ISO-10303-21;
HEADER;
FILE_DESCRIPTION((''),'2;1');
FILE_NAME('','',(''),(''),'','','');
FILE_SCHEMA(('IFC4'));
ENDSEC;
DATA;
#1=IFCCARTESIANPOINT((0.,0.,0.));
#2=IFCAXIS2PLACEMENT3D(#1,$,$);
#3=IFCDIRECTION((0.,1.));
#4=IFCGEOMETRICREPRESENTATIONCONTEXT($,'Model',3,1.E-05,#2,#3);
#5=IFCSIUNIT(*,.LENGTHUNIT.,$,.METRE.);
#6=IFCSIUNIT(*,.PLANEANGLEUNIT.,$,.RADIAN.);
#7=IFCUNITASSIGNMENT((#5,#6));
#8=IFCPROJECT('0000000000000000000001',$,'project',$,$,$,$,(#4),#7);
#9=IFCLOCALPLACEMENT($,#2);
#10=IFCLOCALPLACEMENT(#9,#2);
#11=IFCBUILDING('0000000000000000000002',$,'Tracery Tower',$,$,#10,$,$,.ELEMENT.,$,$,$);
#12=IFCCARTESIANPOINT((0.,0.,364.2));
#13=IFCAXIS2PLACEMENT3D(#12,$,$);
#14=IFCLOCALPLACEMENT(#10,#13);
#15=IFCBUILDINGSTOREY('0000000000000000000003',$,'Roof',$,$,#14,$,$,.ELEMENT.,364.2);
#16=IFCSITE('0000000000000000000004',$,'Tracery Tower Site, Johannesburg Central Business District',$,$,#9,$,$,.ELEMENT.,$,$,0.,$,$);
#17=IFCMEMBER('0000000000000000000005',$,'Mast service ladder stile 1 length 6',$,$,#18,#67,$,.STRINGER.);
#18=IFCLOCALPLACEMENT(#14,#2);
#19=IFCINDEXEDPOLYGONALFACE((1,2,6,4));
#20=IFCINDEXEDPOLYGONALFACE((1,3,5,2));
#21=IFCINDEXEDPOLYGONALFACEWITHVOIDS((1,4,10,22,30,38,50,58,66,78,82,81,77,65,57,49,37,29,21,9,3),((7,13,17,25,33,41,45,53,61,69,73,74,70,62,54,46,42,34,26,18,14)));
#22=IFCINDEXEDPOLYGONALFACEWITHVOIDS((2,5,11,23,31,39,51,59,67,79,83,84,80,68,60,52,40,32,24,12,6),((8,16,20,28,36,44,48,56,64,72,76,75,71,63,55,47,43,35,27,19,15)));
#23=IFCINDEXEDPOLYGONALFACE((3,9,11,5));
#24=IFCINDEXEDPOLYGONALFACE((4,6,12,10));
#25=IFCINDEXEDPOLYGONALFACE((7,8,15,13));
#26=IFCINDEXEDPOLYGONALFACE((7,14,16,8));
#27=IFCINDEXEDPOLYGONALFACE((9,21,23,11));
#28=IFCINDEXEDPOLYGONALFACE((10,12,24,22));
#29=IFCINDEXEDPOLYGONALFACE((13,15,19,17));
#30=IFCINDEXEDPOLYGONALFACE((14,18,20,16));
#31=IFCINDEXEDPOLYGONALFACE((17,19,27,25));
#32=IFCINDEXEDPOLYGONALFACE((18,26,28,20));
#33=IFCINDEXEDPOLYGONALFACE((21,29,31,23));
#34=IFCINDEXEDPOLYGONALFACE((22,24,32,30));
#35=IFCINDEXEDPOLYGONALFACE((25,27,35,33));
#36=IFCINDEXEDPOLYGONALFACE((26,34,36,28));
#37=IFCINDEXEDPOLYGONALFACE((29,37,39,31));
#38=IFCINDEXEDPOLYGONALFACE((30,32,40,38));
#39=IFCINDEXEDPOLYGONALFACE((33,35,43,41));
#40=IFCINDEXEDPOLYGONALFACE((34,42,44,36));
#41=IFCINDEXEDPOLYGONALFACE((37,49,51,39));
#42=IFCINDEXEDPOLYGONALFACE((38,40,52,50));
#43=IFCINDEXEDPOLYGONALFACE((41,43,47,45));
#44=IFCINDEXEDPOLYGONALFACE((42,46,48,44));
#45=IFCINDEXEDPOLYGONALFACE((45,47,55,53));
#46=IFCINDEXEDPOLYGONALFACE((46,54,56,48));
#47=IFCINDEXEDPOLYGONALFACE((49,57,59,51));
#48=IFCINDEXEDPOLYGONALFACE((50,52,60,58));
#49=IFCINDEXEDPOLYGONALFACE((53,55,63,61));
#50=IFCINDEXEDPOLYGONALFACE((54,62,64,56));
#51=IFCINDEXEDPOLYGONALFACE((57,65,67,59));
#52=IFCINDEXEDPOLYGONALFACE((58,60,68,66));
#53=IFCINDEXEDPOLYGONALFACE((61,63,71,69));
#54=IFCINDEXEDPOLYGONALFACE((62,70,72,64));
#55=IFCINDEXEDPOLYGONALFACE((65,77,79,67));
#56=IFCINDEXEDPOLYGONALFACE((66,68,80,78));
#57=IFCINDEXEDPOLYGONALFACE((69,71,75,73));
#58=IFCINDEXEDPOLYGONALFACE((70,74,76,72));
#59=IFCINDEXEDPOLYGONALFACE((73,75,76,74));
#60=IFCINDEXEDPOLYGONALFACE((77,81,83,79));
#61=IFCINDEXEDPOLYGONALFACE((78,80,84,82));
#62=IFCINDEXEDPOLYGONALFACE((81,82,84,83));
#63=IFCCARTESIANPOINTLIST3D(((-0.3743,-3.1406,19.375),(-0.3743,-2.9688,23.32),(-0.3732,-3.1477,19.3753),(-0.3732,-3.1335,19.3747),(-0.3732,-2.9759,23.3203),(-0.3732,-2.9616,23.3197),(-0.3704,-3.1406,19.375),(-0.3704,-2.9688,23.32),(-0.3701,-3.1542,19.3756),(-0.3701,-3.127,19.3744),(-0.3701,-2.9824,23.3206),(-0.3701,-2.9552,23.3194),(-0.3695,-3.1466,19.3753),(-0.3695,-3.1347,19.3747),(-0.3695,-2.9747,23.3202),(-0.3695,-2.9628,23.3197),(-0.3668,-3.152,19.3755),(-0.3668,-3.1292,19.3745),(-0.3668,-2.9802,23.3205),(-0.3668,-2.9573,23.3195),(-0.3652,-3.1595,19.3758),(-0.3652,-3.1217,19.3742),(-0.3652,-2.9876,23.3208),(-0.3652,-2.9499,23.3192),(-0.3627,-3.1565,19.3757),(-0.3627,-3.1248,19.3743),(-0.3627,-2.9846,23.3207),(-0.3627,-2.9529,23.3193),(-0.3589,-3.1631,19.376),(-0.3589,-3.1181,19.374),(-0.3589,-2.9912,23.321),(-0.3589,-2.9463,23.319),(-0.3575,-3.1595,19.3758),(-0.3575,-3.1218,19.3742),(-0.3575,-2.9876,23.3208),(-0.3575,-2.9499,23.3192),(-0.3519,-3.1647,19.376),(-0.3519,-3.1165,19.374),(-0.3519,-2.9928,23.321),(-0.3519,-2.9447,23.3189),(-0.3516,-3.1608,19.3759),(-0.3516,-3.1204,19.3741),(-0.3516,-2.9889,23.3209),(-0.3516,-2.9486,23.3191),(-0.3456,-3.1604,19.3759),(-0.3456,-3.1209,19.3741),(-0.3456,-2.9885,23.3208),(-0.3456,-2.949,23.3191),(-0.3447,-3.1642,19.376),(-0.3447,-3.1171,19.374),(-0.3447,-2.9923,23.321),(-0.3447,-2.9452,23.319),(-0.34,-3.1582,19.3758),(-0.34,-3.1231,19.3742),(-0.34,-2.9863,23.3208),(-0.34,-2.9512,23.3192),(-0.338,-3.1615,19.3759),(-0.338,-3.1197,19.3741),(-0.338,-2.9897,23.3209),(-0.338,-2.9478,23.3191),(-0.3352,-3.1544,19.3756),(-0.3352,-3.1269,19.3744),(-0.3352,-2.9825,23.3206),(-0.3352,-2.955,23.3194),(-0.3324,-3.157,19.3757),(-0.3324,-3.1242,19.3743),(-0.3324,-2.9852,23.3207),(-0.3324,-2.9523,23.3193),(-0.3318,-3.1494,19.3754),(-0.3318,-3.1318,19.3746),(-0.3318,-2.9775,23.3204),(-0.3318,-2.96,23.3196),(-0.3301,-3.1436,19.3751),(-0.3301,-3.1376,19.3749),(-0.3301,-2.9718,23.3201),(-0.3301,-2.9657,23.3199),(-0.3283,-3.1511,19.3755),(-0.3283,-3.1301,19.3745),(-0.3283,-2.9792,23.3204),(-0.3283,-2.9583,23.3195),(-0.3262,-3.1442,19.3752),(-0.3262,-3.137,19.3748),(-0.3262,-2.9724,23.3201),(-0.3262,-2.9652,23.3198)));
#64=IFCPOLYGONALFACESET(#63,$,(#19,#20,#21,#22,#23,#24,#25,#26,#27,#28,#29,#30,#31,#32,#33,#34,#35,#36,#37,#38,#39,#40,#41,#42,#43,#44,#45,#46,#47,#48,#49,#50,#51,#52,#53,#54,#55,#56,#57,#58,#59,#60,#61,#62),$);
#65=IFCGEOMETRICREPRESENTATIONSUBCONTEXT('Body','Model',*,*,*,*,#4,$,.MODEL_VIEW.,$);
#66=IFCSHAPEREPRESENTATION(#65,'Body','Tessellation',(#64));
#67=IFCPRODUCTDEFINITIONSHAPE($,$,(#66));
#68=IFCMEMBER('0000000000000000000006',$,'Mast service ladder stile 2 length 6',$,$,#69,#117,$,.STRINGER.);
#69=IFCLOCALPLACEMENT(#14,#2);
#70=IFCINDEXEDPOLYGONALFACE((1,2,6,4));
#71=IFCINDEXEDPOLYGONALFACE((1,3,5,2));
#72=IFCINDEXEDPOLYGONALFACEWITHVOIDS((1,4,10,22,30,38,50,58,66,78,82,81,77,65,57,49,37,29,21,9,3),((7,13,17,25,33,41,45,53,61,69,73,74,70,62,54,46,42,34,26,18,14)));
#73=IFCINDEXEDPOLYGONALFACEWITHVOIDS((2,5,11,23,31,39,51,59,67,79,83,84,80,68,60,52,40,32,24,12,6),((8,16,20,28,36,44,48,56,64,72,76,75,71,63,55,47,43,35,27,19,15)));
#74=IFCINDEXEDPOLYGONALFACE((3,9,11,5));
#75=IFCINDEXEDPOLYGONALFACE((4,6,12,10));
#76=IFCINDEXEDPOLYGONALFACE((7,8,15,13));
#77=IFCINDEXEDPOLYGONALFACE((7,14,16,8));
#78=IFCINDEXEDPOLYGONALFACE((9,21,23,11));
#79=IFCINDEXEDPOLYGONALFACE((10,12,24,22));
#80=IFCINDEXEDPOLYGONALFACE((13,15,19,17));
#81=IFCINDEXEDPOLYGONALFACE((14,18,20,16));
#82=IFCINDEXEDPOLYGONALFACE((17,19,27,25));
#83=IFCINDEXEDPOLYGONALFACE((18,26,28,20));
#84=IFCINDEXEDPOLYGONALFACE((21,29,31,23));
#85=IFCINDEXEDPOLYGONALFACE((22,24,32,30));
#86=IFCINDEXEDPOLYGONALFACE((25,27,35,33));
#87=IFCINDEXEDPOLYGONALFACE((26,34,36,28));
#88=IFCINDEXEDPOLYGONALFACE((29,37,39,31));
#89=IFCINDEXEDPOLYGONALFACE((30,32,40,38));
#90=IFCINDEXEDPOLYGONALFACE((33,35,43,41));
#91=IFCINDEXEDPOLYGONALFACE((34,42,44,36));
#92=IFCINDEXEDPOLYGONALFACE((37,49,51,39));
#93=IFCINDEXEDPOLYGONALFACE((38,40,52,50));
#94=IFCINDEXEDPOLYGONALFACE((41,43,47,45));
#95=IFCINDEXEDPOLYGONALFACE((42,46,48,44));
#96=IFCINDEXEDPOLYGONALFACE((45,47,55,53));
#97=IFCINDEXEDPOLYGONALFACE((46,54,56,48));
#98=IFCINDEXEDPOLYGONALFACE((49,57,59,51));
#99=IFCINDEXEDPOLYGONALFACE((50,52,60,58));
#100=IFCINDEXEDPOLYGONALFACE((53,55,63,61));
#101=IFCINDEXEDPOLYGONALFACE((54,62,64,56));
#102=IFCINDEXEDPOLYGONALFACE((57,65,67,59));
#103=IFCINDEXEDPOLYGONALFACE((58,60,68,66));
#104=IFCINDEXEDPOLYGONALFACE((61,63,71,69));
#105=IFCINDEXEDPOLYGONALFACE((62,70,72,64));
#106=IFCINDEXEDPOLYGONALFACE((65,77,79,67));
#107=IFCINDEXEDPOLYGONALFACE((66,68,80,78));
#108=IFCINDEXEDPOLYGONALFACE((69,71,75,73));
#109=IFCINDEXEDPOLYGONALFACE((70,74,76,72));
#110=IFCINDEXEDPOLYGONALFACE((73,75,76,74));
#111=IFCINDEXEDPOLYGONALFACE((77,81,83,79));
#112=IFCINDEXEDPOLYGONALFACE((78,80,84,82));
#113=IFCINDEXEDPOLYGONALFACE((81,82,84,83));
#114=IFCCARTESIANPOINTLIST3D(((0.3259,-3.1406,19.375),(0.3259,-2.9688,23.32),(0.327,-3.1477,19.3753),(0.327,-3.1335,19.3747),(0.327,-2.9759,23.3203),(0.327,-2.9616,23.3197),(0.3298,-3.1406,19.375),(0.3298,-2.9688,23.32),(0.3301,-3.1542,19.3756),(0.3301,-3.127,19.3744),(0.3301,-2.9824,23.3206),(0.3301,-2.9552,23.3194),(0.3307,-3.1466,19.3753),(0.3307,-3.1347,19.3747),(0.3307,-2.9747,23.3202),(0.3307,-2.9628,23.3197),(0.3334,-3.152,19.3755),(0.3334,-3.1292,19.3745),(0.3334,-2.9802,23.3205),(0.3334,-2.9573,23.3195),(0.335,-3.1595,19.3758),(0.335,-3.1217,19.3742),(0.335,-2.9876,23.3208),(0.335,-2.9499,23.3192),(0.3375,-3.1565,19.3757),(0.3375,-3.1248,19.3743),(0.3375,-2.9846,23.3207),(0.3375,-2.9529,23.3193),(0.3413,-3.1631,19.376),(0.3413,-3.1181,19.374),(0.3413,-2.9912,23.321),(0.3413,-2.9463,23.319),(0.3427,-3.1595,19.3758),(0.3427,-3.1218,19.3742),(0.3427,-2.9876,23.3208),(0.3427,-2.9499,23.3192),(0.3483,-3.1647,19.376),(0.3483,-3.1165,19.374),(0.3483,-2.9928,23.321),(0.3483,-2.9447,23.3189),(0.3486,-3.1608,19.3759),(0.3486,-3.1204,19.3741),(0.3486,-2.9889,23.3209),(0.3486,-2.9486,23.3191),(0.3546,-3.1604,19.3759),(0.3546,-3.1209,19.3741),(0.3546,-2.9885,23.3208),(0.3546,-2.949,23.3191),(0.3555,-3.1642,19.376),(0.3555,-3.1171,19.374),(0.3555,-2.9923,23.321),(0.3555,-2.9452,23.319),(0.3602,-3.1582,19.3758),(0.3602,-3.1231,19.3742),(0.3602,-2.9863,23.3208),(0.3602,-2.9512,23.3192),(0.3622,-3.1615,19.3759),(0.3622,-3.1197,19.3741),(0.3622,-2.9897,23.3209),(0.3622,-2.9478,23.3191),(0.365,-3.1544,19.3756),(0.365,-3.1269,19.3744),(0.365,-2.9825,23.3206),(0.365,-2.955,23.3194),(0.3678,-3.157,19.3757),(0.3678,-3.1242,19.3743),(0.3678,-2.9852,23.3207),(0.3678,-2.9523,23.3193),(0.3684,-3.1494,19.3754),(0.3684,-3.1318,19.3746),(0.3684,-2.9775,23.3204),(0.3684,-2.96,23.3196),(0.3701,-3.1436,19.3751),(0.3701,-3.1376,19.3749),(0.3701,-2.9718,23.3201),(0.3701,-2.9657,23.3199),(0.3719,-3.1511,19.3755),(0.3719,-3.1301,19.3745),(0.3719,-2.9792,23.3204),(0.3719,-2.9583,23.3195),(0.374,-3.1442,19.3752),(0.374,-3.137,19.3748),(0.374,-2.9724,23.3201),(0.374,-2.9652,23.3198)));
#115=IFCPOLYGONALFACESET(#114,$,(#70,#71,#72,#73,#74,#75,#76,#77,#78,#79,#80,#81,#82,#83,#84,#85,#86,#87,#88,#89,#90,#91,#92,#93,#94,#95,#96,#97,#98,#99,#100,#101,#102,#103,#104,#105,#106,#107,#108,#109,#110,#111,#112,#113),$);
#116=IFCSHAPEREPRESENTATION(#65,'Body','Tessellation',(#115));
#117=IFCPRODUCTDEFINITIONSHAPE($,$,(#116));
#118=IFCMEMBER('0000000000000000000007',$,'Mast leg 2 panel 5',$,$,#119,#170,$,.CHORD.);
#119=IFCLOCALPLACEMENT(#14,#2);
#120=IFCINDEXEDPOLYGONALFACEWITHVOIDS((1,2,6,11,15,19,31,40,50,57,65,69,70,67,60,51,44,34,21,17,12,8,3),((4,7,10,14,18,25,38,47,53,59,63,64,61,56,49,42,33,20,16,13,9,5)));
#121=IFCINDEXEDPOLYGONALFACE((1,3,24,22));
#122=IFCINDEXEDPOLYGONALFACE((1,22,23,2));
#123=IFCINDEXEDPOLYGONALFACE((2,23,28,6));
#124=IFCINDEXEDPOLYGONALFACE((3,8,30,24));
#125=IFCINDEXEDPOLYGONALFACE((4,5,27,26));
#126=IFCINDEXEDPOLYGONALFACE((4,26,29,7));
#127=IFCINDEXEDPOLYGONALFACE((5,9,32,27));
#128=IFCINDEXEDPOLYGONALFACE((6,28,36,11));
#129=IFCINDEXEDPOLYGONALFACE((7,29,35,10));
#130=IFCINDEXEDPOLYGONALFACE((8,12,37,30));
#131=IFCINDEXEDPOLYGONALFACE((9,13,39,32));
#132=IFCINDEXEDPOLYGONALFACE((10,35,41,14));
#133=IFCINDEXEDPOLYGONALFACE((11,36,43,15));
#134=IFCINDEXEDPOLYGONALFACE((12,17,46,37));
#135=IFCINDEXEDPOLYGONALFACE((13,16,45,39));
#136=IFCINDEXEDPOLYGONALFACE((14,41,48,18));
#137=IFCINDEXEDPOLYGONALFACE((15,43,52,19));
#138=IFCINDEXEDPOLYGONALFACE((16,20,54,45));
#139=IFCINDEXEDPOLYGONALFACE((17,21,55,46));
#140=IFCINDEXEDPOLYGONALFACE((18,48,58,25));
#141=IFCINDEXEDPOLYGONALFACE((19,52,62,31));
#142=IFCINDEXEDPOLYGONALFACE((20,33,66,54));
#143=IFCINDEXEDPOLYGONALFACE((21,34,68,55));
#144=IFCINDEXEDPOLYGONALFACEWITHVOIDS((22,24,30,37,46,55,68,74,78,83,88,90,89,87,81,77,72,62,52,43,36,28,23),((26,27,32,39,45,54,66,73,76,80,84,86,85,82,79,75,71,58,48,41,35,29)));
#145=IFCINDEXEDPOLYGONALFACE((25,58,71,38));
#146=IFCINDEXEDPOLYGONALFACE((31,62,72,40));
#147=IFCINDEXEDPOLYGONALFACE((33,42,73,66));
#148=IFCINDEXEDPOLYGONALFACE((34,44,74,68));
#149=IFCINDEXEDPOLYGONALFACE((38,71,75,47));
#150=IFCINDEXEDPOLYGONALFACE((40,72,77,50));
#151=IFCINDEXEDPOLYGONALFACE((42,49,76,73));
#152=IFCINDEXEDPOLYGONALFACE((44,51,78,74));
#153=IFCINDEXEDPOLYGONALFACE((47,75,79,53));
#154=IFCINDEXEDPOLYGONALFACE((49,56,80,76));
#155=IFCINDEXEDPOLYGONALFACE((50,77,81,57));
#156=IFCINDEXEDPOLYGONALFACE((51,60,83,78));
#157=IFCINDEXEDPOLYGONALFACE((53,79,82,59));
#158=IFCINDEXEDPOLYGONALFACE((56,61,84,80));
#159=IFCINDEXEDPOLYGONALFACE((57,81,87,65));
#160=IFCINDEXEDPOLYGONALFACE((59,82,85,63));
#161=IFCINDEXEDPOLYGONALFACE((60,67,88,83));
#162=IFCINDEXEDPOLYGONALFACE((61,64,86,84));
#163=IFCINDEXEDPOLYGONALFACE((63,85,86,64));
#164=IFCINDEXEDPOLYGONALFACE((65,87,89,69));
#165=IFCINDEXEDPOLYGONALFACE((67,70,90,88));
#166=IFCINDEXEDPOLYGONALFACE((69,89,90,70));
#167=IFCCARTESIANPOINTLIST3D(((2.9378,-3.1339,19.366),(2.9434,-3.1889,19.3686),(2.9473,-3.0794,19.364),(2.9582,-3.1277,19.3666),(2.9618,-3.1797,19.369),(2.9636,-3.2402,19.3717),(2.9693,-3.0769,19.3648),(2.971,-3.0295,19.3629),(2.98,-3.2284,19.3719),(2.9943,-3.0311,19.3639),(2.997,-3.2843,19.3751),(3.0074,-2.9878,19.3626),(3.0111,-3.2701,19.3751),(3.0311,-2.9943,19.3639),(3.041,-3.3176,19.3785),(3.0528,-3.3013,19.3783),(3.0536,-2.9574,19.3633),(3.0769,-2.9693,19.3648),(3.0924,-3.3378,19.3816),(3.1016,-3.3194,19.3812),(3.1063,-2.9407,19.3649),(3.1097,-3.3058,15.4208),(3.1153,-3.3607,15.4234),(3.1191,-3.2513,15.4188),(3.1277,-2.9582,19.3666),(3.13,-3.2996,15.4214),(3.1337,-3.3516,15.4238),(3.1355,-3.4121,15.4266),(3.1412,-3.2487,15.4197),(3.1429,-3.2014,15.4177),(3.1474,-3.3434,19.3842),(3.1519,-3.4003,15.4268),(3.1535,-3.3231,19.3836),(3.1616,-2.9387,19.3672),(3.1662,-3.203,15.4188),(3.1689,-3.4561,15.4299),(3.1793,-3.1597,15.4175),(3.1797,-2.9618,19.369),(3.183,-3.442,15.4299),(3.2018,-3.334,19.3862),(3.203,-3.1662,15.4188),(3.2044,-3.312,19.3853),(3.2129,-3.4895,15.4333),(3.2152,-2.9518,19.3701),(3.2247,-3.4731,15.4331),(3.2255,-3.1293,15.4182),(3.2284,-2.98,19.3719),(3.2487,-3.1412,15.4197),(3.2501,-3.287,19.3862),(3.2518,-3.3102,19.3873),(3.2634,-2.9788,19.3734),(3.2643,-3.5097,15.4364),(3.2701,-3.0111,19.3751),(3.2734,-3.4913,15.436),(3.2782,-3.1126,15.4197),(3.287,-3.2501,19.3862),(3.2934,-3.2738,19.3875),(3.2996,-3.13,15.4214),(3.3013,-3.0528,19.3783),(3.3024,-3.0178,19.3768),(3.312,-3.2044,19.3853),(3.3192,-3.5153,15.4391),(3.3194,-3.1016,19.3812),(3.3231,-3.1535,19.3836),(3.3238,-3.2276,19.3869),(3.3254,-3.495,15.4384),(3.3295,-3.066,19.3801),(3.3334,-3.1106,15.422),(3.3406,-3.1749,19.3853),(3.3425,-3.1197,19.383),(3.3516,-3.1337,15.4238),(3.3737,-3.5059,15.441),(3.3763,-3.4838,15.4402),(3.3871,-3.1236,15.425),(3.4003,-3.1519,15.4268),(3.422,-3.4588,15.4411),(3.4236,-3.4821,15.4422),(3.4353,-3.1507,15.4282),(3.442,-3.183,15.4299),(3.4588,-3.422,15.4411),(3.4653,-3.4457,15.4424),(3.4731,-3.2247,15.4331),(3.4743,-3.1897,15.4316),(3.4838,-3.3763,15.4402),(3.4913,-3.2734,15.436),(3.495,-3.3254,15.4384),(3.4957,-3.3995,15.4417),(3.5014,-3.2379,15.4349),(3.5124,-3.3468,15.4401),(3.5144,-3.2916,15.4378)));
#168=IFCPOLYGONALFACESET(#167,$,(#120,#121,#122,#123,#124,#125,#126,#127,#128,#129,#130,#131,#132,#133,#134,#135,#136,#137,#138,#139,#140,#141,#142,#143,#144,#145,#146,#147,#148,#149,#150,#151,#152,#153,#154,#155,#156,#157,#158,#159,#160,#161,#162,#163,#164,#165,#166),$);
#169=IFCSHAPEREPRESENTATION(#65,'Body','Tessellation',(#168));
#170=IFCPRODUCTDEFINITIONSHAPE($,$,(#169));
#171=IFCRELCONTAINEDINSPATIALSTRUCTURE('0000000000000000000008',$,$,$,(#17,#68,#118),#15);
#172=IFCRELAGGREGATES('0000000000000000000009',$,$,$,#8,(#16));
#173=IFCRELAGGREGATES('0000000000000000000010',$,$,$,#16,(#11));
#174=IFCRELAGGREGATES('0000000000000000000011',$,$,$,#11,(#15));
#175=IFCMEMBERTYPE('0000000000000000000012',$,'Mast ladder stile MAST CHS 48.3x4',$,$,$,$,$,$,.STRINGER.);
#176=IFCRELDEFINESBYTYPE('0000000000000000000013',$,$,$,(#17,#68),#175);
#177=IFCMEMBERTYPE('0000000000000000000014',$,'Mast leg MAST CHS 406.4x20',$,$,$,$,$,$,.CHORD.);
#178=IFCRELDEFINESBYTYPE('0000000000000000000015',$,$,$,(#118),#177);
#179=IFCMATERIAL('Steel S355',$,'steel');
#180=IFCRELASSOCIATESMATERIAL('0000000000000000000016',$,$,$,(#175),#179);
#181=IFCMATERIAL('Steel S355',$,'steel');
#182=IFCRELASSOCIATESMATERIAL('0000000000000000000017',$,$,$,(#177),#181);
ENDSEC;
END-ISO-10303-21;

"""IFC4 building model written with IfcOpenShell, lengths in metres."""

from ifc_helpers import new_model, si_unit, direction, frame, origin, origin_2d, place, context, subcontext, project, spatial, hollow_circle, extrude, material, material_profile, profile_set, type_object, element, save


model = new_model("IFC4")

# Units and contexts
model_context = context("Model", 3, precision=1e-05, world=origin(), true_north=direction((0.0, 1.0)))
body_context = subcontext(model_context, "Body", "Model", "MODEL_VIEW")
ifc_project = project(units=[si_unit("LENGTHUNIT", "METRE"), si_unit("PLANEANGLEUNIT", "RADIAN")], contexts=[model_context])

# Site, building, storey
site_placement = place(None, origin())
site = spatial("IfcSite", under=ifc_project, at=site_placement, Name="Tracery Tower Site, Johannesburg Central Business District", CompositionType="ELEMENT", RefElevation=0.0)
building_placement = place(site_placement, origin())
building = spatial("IfcBuilding", under=site, at=building_placement, Name="Tracery Tower", CompositionType="ELEMENT")
storey_placement = place(building_placement, frame((0.0, 0.0, 364.2)))
storey = spatial("IfcBuildingStorey", under=building, at=storey_placement, Name="Roof", CompositionType="ELEMENT", Elevation=364.2)

# Members
ifc_material_1 = material(Name="Steel S355", Category="steel")
ifc_material_profile_1 = material_profile(ifc_material_1, hollow_circle(Radius=0.0242, WallThickness=0.0039, at=origin_2d()), Name="CHS 48.3x4")
ifc_profile_set_1 = profile_set([ifc_material_profile_1], Name="Steel S355")
member_type_1 = type_object("IfcMemberType", Name="Mast ladder stile MAST CHS 48.3x4", PredefinedType="STRINGER", material=ifc_profile_set_1)
for number, where, z_axis, x_axis, name in (
    (1, (-0.3501, -3.1406, 19.375), (0.0, 0.043526, 0.999052), (-1.0, 0.0, 0.0), "Mast service ladder stile 1 length 6"),
    (2, (0.3501, -3.1406, 19.375), (0.0, 0.043526, 0.999052), (-1.0, 0.0, 0.0), "Mast service ladder stile 2 length 6"),
):
    element("IfcMember", number, at=place(storey_placement, frame(where, z_axis=z_axis, x_axis=x_axis)), inside=storey, type_object=member_type_1, Name=name, PredefinedType="STRINGER", context=body_context, shape_type="SweptSolid", body=[
        extrude(hollow_circle(Radius=0.0242, WallThickness=0.0039, at=origin_2d()), origin(), (0.0, 0.0, 1.0), 3.9487),
    ])
ifc_material_2 = material(Name="Steel S355", Category="steel")
ifc_material_profile_2 = material_profile(ifc_material_2, hollow_circle(Radius=0.2031, WallThickness=0.02, at=origin_2d()), Name="CHS 406.4x20")
ifc_profile_set_2 = profile_set([ifc_material_profile_2], Name="Steel S355")
member_type_2 = type_object("IfcMemberType", Name="Mast leg MAST CHS 406.4x20", PredefinedType="CHORD", material=ifc_profile_set_2)
for number, where, z_axis, x_axis, name in (
    (3, (3.3125, -3.3125, 15.4299), (-0.043485, 0.043485, 0.998107), (-0.707107, -0.707107, 0.0), "Mast leg 2 panel 5"),
):
    element("IfcMember", number, at=place(storey_placement, frame(where, z_axis=z_axis, x_axis=x_axis)), inside=storey, type_object=member_type_2, Name=name, PredefinedType="CHORD", context=body_context, shape_type="SweptSolid", body=[
        extrude(hollow_circle(Radius=0.2031, WallThickness=0.02, at=origin_2d()), origin(), (0.0, 0.0, 1.0), 3.9526),
    ])

save(model, "model.ifc")
